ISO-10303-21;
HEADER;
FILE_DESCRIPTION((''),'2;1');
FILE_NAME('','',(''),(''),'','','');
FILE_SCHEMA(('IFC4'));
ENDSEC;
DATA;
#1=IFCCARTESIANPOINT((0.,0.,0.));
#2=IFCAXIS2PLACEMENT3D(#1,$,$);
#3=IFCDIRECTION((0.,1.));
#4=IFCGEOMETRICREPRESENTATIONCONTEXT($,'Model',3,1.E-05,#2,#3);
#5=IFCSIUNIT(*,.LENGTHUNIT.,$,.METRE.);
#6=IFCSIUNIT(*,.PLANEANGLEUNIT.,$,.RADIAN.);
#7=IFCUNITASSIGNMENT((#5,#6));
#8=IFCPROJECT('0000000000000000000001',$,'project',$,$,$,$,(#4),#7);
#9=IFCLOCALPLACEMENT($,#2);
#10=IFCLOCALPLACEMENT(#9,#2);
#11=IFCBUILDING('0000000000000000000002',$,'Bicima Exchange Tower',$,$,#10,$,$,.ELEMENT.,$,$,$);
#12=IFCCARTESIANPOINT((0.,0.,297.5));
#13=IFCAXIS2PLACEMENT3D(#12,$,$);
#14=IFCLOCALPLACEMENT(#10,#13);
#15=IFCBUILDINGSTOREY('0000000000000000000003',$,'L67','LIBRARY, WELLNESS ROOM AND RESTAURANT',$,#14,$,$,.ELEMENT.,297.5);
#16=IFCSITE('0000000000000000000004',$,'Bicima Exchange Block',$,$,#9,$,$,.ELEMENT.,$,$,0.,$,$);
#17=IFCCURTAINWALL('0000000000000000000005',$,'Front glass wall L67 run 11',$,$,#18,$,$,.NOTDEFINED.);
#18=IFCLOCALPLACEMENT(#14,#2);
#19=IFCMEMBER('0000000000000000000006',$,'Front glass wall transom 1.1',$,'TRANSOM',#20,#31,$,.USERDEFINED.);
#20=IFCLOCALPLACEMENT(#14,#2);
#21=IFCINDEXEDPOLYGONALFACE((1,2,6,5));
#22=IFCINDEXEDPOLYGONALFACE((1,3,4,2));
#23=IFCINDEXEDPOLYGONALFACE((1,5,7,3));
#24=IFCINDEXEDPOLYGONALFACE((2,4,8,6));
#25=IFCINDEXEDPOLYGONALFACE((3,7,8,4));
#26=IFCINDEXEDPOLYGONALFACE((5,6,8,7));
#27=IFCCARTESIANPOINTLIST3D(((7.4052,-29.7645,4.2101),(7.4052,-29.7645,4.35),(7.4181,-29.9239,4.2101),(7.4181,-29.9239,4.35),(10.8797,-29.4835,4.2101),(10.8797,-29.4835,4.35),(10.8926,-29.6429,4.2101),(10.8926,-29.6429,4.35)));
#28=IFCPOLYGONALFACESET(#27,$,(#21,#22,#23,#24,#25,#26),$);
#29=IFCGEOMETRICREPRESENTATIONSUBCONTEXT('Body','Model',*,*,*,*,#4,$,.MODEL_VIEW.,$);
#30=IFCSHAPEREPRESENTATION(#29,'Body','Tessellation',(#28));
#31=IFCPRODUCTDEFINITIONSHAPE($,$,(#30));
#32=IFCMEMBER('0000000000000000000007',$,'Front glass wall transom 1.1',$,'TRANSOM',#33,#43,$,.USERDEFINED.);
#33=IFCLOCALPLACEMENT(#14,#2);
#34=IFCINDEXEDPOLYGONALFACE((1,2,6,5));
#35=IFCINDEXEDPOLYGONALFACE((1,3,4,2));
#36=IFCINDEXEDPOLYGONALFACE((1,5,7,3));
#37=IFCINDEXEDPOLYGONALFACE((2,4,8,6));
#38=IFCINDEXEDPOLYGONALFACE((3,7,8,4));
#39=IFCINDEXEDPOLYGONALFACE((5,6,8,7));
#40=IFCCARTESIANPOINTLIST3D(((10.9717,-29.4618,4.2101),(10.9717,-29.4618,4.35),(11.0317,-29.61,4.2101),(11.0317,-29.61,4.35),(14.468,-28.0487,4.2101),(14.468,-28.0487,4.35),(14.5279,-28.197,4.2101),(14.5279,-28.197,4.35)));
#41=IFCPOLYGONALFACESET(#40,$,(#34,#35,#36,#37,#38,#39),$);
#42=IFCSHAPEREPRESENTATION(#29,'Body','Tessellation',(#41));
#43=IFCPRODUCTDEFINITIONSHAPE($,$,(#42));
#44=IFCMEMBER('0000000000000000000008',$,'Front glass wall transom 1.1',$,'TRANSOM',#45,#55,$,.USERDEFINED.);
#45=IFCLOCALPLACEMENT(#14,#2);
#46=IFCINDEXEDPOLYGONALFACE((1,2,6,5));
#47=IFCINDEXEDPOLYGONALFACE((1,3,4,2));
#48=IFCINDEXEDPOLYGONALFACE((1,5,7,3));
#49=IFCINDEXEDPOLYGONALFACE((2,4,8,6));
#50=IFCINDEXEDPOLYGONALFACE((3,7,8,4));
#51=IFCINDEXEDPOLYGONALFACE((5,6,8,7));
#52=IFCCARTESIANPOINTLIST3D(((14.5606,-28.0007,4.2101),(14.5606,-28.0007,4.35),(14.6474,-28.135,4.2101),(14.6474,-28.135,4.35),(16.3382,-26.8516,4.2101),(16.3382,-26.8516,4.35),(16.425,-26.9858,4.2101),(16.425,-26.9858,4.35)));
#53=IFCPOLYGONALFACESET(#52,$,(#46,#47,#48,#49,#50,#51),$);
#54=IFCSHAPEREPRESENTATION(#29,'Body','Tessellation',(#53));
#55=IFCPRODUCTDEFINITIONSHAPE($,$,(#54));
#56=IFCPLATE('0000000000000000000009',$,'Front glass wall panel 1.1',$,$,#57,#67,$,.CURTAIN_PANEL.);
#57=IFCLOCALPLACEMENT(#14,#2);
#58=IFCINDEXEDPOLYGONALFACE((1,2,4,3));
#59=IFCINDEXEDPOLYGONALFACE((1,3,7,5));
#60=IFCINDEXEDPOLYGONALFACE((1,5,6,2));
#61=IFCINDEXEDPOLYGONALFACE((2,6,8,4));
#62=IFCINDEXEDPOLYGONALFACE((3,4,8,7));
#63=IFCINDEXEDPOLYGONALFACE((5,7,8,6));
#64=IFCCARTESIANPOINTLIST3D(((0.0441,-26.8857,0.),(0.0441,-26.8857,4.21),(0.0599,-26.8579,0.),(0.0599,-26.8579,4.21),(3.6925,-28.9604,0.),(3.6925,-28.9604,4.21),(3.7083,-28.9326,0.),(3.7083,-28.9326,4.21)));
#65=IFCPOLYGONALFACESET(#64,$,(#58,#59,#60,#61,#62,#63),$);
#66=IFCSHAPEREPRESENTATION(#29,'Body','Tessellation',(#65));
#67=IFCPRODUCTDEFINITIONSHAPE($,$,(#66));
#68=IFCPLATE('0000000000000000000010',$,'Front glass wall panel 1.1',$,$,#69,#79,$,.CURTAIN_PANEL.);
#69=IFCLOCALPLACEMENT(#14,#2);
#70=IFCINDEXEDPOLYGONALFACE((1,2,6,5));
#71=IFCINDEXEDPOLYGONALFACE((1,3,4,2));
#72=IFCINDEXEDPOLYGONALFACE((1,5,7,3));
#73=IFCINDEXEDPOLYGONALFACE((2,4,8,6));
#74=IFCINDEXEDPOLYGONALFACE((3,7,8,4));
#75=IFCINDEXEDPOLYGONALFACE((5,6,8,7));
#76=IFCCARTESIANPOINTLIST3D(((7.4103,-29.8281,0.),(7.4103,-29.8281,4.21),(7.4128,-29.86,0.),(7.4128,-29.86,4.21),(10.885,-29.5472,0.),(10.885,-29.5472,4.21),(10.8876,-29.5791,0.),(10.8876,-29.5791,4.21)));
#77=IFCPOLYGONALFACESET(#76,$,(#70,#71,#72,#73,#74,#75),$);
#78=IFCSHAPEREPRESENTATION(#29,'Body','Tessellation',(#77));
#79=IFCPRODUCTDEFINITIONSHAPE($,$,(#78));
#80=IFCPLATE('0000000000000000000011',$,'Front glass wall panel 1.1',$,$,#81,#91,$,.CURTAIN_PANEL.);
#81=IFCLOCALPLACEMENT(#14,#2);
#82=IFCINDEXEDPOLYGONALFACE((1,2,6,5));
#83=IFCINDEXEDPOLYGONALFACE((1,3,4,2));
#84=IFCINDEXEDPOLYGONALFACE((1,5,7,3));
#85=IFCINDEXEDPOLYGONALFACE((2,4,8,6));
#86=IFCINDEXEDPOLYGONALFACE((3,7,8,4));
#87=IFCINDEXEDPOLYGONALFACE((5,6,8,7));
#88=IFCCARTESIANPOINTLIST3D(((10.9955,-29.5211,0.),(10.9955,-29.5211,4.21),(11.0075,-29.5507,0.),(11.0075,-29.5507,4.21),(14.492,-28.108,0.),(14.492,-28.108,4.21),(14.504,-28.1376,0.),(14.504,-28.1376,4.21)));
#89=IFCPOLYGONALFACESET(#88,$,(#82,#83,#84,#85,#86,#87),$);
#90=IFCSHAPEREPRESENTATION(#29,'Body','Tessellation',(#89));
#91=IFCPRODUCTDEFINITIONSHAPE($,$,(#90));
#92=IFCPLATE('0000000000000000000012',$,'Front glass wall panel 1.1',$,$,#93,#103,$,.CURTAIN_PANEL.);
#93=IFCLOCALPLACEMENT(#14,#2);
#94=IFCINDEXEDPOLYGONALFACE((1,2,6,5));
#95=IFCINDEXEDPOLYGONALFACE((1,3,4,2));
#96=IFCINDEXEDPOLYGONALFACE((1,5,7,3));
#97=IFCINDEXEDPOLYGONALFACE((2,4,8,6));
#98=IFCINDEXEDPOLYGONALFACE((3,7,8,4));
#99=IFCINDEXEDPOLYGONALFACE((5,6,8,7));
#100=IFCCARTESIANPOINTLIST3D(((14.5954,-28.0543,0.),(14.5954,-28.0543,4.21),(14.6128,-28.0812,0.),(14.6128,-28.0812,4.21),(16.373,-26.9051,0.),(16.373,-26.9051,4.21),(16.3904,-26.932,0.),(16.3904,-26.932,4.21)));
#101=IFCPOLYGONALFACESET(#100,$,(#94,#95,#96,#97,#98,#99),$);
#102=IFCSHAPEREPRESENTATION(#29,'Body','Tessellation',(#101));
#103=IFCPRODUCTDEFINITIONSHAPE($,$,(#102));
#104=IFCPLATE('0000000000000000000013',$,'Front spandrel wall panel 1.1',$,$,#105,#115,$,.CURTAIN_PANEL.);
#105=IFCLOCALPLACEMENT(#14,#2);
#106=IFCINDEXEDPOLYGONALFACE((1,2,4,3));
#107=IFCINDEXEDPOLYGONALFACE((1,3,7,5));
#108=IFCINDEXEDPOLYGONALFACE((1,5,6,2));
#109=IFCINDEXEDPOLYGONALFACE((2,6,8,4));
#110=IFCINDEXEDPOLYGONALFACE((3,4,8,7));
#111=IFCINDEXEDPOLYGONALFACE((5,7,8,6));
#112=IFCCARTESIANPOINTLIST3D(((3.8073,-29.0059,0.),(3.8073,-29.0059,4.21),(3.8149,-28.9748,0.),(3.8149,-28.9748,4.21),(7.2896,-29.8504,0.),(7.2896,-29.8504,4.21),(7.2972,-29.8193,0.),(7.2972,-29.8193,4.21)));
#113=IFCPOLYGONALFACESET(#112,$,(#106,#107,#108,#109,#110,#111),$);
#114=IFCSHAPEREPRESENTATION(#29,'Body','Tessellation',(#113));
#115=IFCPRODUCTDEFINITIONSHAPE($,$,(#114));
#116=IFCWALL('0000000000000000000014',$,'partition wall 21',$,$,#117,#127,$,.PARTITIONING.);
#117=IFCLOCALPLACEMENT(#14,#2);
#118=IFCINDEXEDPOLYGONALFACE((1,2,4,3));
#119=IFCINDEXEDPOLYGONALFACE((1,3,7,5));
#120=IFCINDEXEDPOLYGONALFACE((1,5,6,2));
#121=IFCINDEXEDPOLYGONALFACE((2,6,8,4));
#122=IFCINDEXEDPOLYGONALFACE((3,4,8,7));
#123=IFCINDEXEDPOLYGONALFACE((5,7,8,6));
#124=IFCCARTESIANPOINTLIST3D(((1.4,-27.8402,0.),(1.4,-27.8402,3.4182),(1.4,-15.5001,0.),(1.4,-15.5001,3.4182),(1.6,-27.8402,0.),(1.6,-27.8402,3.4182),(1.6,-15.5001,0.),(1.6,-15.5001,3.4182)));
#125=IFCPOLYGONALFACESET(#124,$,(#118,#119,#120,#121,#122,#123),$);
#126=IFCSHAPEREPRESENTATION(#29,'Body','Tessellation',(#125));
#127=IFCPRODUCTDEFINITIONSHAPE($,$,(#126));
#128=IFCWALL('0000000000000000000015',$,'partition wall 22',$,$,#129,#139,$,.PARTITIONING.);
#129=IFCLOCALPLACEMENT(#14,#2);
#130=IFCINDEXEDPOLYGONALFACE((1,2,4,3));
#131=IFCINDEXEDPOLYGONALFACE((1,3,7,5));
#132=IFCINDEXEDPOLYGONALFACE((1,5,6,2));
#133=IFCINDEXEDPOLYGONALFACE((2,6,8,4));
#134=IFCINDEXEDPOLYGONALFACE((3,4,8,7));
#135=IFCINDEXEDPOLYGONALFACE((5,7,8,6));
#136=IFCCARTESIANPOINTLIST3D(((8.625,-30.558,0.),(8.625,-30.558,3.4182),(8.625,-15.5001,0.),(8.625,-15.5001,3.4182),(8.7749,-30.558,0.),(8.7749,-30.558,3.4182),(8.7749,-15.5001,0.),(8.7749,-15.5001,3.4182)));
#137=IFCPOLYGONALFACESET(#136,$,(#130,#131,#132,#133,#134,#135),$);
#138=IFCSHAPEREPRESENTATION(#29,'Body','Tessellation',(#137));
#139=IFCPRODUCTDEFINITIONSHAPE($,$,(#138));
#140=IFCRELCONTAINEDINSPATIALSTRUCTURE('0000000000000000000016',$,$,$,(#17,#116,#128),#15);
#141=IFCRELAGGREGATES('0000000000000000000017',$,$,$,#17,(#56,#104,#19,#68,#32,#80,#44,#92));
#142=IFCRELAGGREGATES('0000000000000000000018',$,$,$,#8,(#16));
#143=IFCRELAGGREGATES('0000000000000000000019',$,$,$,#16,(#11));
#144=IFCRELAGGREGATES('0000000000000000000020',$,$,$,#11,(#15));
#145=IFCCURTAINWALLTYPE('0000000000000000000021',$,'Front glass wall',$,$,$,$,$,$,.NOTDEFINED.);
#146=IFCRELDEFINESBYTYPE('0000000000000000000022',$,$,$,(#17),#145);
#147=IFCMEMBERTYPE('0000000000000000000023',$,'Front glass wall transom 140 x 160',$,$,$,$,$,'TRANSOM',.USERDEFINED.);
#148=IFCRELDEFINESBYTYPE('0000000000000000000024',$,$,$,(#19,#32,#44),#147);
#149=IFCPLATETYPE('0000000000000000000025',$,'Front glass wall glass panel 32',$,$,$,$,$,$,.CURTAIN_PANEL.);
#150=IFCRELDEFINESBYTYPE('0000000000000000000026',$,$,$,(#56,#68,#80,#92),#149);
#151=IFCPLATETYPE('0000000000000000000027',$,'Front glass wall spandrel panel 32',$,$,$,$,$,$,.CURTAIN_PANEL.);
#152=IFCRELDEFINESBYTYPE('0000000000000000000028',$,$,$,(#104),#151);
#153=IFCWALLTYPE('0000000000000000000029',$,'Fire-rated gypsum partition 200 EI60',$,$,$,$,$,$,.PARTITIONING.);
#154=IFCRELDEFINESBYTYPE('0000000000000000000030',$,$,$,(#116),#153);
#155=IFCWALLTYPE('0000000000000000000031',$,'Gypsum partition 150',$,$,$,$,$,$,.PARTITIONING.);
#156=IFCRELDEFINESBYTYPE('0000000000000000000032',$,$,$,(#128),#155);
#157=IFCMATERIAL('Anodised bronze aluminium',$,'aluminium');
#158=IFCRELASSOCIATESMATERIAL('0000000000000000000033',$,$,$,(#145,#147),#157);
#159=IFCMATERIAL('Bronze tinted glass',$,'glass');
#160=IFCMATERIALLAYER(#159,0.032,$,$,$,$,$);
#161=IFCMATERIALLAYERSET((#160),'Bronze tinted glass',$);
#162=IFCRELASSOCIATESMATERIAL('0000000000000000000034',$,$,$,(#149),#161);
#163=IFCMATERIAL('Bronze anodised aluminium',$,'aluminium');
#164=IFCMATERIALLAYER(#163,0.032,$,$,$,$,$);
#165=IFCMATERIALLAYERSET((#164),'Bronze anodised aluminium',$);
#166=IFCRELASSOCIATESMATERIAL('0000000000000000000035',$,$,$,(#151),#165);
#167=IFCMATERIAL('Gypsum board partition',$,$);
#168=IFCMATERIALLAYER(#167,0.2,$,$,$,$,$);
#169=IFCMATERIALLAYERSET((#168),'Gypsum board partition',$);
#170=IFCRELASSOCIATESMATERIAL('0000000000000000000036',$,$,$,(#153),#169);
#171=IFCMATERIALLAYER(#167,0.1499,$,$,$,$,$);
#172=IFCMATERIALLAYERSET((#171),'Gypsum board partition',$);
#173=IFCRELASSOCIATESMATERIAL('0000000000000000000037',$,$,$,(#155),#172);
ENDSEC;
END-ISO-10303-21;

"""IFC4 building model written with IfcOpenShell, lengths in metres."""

from ifc_helpers import new_model, si_unit, direction, frame, frame_2d, origin, origin_2d, place, context, subcontext, project, spatial, rectangle, extrude, material, layer, layer_set, material_profile, profile_set, type_object, element, aggregate, save


model = new_model("IFC4")

# Units and contexts
model_context = context("Model", 3, precision=1e-05, world=origin(), true_north=direction((0.0, 1.0)))
body_context = subcontext(model_context, "Body", "Model", "MODEL_VIEW")
ifc_project = project(units=[si_unit("LENGTHUNIT", "METRE"), si_unit("PLANEANGLEUNIT", "RADIAN")], contexts=[model_context])

# Site, building, storey
site_placement = place(None, origin())
site = spatial("IfcSite", under=ifc_project, at=site_placement, Name="Bicima Exchange Block", CompositionType="ELEMENT", RefElevation=0.0)
building_placement = place(site_placement, origin())
building = spatial("IfcBuilding", under=site, at=building_placement, Name="Bicima Exchange Tower", CompositionType="ELEMENT")
storey_placement = place(building_placement, frame((0.0, 0.0, 297.5)))
storey = spatial("IfcBuildingStorey", under=building, at=storey_placement, Name="L67", Description="LIBRARY, WELLNESS ROOM AND RESTAURANT", CompositionType="ELEMENT", Elevation=297.5)

# Curtain wall, members, plates
ifc_material_1 = material(Name="Anodised bronze aluminium", Category="aluminium")
curtain_wall_type = type_object("IfcCurtainWallType", Name="Front glass wall", PredefinedType="NOTDEFINED", material=ifc_material_1)
curtain_wall_placement = place(storey_placement, origin())
curtain_wall = element("IfcCurtainWall", 1, at=curtain_wall_placement, inside=storey, type_object=curtain_wall_type, Name="Front glass wall L67 run 11", PredefinedType="NOTDEFINED")
ifc_material_profile_1 = material_profile(ifc_material_1, rectangle(XDim=0.1599, YDim=0.1399, at=origin_2d()))
ifc_profile_set_1 = profile_set([ifc_material_profile_1], Name="Anodised bronze aluminium")
member_type_1 = type_object("IfcMemberType", Name="Front glass wall transom 140 x 160", ElementType="TRANSOM", PredefinedType="USERDEFINED", material=ifc_profile_set_1)
member_1_placement = place(storey_placement, frame((7.4116, -29.8442, 4.28), z_axis=(0.996746, 0.080611, 0.0), x_axis=(-0.080611, 0.996746, 0.0)))
member_1 = element("IfcMember", 2, at=member_1_placement, type_object=member_type_1, Name="Front glass wall transom 1.1", ObjectType="TRANSOM", PredefinedType="USERDEFINED", context=body_context, shape_type="SweptSolid", body=[
    extrude(rectangle(XDim=0.1599, YDim=0.1399, at=origin_2d()), origin(), (0.0, 0.0, 1.0), 3.4858),
])
member_2_placement = place(storey_placement, frame((11.0017, -29.5359, 4.28), z_axis=(0.92714, 0.374715, 0.0), x_axis=(-0.374715, 0.92714, 0.0)))
member_2 = element("IfcMember", 3, at=member_2_placement, type_object=member_type_1, Name="Front glass wall transom 1.1", ObjectType="TRANSOM", PredefinedType="USERDEFINED", context=body_context, shape_type="SweptSolid", body=[
    extrude(rectangle(XDim=0.1599, YDim=0.1399, at=origin_2d()), origin(), (0.0, 0.0, 1.0), 3.771),
])
member_3_placement = place(storey_placement, frame((14.604, -28.0679, 4.28), z_axis=(0.839793, 0.542907, 0.0), x_axis=(-0.542907, 0.839793, 0.0)))
member_3 = element("IfcMember", 4, at=member_3_placement, type_object=member_type_1, Name="Front glass wall transom 1.1", ObjectType="TRANSOM", PredefinedType="USERDEFINED", context=body_context, shape_type="SweptSolid", body=[
    extrude(rectangle(XDim=0.1599, YDim=0.1399, at=origin_2d()), origin(), (0.0, 0.0, 1.0), 2.1167),
])
ifc_material_2 = material(Name="Bronze tinted glass", Category="glass")
ifc_layer_1 = layer(ifc_material_2, 0.032)
ifc_layer_set_1 = layer_set([ifc_layer_1], Name="Bronze tinted glass")
plate_type_1 = type_object("IfcPlateType", Name="Front glass wall glass panel 32", PredefinedType="CURTAIN_PANEL", material=ifc_layer_set_1)
plate_1_placement = place(storey_placement, frame((1.8762, -27.9092, 0.0), z_axis=(0.0, 0.0, 1.0), x_axis=(0.869274, -0.49433, 0.0)))
plate_1 = element("IfcPlate", 5, at=plate_1_placement, type_object=plate_type_1, Name="Front glass wall panel 1.1", PredefinedType="CURTAIN_PANEL", context=body_context, shape_type="SweptSolid", body=[
    extrude(rectangle(XDim=4.197, YDim=0.032, at=origin_2d()), origin(), (0.0, 0.0, 1.0), 4.21),
])
plate_2_placement = place(storey_placement, frame((9.1489, -29.7036, 0.0), z_axis=(0.0, 0.0, 1.0), x_axis=(0.996747, 0.080589, 0.0)))
plate_2 = element("IfcPlate", 6, at=plate_2_placement, type_object=plate_type_1, Name="Front glass wall panel 1.1", PredefinedType="CURTAIN_PANEL", context=body_context, shape_type="SweptSolid", body=[
    extrude(rectangle(XDim=3.4861, YDim=0.032, at=origin_2d()), origin(), (0.0, 0.0, 1.0), 4.21),
])
plate_3_placement = place(storey_placement, frame((12.7498, -28.8293, 0.0), z_axis=(0.0, 0.0, 1.0), x_axis=(0.927144, 0.374705, 0.0)))
plate_3 = element("IfcPlate", 7, at=plate_3_placement, type_object=plate_type_1, Name="Front glass wall panel 1.1", PredefinedType="CURTAIN_PANEL", context=body_context, shape_type="SweptSolid", body=[
    extrude(rectangle(XDim=3.7712, YDim=0.032, at=origin_2d()), origin(), (0.0, 0.0, 1.0), 4.21),
])
plate_4_placement = place(storey_placement, frame((15.4929, -27.4932, 0.0), z_axis=(0.0, 0.0, 1.0), x_axis=(0.839791, 0.542909, 0.0)))
plate_4 = element("IfcPlate", 8, at=plate_4_placement, type_object=plate_type_1, Name="Front glass wall panel 1.1", PredefinedType="CURTAIN_PANEL", context=body_context, shape_type="SweptSolid", body=[
    extrude(rectangle(XDim=2.1167, YDim=0.032, at=origin_2d()), origin(), (0.0, 0.0, 1.0), 4.21),
])
ifc_material_3 = material(Name="Bronze anodised aluminium", Category="aluminium")
ifc_layer_2 = layer(ifc_material_3, 0.032)
ifc_layer_set_2 = layer_set([ifc_layer_2], Name="Bronze anodised aluminium")
plate_type_2 = type_object("IfcPlateType", Name="Front glass wall spandrel panel 32", PredefinedType="CURTAIN_PANEL", material=ifc_layer_set_2)
plate_5_placement = place(storey_placement, frame((5.5522, -29.4126, 0.0), z_axis=(0.0, 0.0, 1.0), x_axis=(0.97183, -0.235682, 0.0)))
plate_5 = element("IfcPlate", 9, at=plate_5_placement, type_object=plate_type_2, Name="Front spandrel wall panel 1.1", PredefinedType="CURTAIN_PANEL", context=body_context, shape_type="SweptSolid", body=[
    extrude(rectangle(XDim=3.5833, YDim=0.032, at=origin_2d()), origin(), (0.0, 0.0, 1.0), 4.21),
])
aggregate(curtain_wall, [plate_1, plate_5, member_1, plate_2, member_2, plate_3, member_3, plate_4])

# Walls
ifc_material_4 = material(Name="Gypsum board partition")
ifc_layer_3 = layer(ifc_material_4, 0.2)
ifc_layer_set_3 = layer_set([ifc_layer_3], Name="Gypsum board partition")
wall_type_1 = type_object("IfcWallType", Name="Fire-rated gypsum partition 200 EI60", PredefinedType="PARTITIONING", material=ifc_layer_set_3)
wall_1_placement = place(storey_placement, frame((1.5, -27.8401, 0.0), z_axis=(0.0, 0.0, 1.0), x_axis=(0.0, 1.0, 0.0)))
element("IfcWall", 10, at=wall_1_placement, inside=storey, type_object=wall_type_1, Name="partition wall 21", PredefinedType="PARTITIONING", context=body_context, shape_type="SweptSolid", body=[
    extrude(rectangle(XDim=12.3401, YDim=0.2, at=frame_2d((6.1699, 0.0))), origin(), (0.0, 0.0, 1.0), 3.4182),
])
ifc_layer_4 = layer(ifc_material_4, 0.1499)
ifc_layer_set_4 = layer_set([ifc_layer_4], Name="Gypsum board partition")
wall_type_2 = type_object("IfcWallType", Name="Gypsum partition 150", PredefinedType="PARTITIONING", material=ifc_layer_set_4)
wall_2_placement = place(storey_placement, frame((8.7, -30.5579, 0.0), z_axis=(0.0, 0.0, 1.0), x_axis=(0.0, 1.0, 0.0)))
element("IfcWall", 11, at=wall_2_placement, inside=storey, type_object=wall_type_2, Name="partition wall 22", PredefinedType="PARTITIONING", context=body_context, shape_type="SweptSolid", body=[
    extrude(rectangle(XDim=15.0579, YDim=0.1499, at=frame_2d((7.5288, 0.0))), origin(), (0.0, 0.0, 1.0), 3.4182),
])

save(model, "model.ifc")
